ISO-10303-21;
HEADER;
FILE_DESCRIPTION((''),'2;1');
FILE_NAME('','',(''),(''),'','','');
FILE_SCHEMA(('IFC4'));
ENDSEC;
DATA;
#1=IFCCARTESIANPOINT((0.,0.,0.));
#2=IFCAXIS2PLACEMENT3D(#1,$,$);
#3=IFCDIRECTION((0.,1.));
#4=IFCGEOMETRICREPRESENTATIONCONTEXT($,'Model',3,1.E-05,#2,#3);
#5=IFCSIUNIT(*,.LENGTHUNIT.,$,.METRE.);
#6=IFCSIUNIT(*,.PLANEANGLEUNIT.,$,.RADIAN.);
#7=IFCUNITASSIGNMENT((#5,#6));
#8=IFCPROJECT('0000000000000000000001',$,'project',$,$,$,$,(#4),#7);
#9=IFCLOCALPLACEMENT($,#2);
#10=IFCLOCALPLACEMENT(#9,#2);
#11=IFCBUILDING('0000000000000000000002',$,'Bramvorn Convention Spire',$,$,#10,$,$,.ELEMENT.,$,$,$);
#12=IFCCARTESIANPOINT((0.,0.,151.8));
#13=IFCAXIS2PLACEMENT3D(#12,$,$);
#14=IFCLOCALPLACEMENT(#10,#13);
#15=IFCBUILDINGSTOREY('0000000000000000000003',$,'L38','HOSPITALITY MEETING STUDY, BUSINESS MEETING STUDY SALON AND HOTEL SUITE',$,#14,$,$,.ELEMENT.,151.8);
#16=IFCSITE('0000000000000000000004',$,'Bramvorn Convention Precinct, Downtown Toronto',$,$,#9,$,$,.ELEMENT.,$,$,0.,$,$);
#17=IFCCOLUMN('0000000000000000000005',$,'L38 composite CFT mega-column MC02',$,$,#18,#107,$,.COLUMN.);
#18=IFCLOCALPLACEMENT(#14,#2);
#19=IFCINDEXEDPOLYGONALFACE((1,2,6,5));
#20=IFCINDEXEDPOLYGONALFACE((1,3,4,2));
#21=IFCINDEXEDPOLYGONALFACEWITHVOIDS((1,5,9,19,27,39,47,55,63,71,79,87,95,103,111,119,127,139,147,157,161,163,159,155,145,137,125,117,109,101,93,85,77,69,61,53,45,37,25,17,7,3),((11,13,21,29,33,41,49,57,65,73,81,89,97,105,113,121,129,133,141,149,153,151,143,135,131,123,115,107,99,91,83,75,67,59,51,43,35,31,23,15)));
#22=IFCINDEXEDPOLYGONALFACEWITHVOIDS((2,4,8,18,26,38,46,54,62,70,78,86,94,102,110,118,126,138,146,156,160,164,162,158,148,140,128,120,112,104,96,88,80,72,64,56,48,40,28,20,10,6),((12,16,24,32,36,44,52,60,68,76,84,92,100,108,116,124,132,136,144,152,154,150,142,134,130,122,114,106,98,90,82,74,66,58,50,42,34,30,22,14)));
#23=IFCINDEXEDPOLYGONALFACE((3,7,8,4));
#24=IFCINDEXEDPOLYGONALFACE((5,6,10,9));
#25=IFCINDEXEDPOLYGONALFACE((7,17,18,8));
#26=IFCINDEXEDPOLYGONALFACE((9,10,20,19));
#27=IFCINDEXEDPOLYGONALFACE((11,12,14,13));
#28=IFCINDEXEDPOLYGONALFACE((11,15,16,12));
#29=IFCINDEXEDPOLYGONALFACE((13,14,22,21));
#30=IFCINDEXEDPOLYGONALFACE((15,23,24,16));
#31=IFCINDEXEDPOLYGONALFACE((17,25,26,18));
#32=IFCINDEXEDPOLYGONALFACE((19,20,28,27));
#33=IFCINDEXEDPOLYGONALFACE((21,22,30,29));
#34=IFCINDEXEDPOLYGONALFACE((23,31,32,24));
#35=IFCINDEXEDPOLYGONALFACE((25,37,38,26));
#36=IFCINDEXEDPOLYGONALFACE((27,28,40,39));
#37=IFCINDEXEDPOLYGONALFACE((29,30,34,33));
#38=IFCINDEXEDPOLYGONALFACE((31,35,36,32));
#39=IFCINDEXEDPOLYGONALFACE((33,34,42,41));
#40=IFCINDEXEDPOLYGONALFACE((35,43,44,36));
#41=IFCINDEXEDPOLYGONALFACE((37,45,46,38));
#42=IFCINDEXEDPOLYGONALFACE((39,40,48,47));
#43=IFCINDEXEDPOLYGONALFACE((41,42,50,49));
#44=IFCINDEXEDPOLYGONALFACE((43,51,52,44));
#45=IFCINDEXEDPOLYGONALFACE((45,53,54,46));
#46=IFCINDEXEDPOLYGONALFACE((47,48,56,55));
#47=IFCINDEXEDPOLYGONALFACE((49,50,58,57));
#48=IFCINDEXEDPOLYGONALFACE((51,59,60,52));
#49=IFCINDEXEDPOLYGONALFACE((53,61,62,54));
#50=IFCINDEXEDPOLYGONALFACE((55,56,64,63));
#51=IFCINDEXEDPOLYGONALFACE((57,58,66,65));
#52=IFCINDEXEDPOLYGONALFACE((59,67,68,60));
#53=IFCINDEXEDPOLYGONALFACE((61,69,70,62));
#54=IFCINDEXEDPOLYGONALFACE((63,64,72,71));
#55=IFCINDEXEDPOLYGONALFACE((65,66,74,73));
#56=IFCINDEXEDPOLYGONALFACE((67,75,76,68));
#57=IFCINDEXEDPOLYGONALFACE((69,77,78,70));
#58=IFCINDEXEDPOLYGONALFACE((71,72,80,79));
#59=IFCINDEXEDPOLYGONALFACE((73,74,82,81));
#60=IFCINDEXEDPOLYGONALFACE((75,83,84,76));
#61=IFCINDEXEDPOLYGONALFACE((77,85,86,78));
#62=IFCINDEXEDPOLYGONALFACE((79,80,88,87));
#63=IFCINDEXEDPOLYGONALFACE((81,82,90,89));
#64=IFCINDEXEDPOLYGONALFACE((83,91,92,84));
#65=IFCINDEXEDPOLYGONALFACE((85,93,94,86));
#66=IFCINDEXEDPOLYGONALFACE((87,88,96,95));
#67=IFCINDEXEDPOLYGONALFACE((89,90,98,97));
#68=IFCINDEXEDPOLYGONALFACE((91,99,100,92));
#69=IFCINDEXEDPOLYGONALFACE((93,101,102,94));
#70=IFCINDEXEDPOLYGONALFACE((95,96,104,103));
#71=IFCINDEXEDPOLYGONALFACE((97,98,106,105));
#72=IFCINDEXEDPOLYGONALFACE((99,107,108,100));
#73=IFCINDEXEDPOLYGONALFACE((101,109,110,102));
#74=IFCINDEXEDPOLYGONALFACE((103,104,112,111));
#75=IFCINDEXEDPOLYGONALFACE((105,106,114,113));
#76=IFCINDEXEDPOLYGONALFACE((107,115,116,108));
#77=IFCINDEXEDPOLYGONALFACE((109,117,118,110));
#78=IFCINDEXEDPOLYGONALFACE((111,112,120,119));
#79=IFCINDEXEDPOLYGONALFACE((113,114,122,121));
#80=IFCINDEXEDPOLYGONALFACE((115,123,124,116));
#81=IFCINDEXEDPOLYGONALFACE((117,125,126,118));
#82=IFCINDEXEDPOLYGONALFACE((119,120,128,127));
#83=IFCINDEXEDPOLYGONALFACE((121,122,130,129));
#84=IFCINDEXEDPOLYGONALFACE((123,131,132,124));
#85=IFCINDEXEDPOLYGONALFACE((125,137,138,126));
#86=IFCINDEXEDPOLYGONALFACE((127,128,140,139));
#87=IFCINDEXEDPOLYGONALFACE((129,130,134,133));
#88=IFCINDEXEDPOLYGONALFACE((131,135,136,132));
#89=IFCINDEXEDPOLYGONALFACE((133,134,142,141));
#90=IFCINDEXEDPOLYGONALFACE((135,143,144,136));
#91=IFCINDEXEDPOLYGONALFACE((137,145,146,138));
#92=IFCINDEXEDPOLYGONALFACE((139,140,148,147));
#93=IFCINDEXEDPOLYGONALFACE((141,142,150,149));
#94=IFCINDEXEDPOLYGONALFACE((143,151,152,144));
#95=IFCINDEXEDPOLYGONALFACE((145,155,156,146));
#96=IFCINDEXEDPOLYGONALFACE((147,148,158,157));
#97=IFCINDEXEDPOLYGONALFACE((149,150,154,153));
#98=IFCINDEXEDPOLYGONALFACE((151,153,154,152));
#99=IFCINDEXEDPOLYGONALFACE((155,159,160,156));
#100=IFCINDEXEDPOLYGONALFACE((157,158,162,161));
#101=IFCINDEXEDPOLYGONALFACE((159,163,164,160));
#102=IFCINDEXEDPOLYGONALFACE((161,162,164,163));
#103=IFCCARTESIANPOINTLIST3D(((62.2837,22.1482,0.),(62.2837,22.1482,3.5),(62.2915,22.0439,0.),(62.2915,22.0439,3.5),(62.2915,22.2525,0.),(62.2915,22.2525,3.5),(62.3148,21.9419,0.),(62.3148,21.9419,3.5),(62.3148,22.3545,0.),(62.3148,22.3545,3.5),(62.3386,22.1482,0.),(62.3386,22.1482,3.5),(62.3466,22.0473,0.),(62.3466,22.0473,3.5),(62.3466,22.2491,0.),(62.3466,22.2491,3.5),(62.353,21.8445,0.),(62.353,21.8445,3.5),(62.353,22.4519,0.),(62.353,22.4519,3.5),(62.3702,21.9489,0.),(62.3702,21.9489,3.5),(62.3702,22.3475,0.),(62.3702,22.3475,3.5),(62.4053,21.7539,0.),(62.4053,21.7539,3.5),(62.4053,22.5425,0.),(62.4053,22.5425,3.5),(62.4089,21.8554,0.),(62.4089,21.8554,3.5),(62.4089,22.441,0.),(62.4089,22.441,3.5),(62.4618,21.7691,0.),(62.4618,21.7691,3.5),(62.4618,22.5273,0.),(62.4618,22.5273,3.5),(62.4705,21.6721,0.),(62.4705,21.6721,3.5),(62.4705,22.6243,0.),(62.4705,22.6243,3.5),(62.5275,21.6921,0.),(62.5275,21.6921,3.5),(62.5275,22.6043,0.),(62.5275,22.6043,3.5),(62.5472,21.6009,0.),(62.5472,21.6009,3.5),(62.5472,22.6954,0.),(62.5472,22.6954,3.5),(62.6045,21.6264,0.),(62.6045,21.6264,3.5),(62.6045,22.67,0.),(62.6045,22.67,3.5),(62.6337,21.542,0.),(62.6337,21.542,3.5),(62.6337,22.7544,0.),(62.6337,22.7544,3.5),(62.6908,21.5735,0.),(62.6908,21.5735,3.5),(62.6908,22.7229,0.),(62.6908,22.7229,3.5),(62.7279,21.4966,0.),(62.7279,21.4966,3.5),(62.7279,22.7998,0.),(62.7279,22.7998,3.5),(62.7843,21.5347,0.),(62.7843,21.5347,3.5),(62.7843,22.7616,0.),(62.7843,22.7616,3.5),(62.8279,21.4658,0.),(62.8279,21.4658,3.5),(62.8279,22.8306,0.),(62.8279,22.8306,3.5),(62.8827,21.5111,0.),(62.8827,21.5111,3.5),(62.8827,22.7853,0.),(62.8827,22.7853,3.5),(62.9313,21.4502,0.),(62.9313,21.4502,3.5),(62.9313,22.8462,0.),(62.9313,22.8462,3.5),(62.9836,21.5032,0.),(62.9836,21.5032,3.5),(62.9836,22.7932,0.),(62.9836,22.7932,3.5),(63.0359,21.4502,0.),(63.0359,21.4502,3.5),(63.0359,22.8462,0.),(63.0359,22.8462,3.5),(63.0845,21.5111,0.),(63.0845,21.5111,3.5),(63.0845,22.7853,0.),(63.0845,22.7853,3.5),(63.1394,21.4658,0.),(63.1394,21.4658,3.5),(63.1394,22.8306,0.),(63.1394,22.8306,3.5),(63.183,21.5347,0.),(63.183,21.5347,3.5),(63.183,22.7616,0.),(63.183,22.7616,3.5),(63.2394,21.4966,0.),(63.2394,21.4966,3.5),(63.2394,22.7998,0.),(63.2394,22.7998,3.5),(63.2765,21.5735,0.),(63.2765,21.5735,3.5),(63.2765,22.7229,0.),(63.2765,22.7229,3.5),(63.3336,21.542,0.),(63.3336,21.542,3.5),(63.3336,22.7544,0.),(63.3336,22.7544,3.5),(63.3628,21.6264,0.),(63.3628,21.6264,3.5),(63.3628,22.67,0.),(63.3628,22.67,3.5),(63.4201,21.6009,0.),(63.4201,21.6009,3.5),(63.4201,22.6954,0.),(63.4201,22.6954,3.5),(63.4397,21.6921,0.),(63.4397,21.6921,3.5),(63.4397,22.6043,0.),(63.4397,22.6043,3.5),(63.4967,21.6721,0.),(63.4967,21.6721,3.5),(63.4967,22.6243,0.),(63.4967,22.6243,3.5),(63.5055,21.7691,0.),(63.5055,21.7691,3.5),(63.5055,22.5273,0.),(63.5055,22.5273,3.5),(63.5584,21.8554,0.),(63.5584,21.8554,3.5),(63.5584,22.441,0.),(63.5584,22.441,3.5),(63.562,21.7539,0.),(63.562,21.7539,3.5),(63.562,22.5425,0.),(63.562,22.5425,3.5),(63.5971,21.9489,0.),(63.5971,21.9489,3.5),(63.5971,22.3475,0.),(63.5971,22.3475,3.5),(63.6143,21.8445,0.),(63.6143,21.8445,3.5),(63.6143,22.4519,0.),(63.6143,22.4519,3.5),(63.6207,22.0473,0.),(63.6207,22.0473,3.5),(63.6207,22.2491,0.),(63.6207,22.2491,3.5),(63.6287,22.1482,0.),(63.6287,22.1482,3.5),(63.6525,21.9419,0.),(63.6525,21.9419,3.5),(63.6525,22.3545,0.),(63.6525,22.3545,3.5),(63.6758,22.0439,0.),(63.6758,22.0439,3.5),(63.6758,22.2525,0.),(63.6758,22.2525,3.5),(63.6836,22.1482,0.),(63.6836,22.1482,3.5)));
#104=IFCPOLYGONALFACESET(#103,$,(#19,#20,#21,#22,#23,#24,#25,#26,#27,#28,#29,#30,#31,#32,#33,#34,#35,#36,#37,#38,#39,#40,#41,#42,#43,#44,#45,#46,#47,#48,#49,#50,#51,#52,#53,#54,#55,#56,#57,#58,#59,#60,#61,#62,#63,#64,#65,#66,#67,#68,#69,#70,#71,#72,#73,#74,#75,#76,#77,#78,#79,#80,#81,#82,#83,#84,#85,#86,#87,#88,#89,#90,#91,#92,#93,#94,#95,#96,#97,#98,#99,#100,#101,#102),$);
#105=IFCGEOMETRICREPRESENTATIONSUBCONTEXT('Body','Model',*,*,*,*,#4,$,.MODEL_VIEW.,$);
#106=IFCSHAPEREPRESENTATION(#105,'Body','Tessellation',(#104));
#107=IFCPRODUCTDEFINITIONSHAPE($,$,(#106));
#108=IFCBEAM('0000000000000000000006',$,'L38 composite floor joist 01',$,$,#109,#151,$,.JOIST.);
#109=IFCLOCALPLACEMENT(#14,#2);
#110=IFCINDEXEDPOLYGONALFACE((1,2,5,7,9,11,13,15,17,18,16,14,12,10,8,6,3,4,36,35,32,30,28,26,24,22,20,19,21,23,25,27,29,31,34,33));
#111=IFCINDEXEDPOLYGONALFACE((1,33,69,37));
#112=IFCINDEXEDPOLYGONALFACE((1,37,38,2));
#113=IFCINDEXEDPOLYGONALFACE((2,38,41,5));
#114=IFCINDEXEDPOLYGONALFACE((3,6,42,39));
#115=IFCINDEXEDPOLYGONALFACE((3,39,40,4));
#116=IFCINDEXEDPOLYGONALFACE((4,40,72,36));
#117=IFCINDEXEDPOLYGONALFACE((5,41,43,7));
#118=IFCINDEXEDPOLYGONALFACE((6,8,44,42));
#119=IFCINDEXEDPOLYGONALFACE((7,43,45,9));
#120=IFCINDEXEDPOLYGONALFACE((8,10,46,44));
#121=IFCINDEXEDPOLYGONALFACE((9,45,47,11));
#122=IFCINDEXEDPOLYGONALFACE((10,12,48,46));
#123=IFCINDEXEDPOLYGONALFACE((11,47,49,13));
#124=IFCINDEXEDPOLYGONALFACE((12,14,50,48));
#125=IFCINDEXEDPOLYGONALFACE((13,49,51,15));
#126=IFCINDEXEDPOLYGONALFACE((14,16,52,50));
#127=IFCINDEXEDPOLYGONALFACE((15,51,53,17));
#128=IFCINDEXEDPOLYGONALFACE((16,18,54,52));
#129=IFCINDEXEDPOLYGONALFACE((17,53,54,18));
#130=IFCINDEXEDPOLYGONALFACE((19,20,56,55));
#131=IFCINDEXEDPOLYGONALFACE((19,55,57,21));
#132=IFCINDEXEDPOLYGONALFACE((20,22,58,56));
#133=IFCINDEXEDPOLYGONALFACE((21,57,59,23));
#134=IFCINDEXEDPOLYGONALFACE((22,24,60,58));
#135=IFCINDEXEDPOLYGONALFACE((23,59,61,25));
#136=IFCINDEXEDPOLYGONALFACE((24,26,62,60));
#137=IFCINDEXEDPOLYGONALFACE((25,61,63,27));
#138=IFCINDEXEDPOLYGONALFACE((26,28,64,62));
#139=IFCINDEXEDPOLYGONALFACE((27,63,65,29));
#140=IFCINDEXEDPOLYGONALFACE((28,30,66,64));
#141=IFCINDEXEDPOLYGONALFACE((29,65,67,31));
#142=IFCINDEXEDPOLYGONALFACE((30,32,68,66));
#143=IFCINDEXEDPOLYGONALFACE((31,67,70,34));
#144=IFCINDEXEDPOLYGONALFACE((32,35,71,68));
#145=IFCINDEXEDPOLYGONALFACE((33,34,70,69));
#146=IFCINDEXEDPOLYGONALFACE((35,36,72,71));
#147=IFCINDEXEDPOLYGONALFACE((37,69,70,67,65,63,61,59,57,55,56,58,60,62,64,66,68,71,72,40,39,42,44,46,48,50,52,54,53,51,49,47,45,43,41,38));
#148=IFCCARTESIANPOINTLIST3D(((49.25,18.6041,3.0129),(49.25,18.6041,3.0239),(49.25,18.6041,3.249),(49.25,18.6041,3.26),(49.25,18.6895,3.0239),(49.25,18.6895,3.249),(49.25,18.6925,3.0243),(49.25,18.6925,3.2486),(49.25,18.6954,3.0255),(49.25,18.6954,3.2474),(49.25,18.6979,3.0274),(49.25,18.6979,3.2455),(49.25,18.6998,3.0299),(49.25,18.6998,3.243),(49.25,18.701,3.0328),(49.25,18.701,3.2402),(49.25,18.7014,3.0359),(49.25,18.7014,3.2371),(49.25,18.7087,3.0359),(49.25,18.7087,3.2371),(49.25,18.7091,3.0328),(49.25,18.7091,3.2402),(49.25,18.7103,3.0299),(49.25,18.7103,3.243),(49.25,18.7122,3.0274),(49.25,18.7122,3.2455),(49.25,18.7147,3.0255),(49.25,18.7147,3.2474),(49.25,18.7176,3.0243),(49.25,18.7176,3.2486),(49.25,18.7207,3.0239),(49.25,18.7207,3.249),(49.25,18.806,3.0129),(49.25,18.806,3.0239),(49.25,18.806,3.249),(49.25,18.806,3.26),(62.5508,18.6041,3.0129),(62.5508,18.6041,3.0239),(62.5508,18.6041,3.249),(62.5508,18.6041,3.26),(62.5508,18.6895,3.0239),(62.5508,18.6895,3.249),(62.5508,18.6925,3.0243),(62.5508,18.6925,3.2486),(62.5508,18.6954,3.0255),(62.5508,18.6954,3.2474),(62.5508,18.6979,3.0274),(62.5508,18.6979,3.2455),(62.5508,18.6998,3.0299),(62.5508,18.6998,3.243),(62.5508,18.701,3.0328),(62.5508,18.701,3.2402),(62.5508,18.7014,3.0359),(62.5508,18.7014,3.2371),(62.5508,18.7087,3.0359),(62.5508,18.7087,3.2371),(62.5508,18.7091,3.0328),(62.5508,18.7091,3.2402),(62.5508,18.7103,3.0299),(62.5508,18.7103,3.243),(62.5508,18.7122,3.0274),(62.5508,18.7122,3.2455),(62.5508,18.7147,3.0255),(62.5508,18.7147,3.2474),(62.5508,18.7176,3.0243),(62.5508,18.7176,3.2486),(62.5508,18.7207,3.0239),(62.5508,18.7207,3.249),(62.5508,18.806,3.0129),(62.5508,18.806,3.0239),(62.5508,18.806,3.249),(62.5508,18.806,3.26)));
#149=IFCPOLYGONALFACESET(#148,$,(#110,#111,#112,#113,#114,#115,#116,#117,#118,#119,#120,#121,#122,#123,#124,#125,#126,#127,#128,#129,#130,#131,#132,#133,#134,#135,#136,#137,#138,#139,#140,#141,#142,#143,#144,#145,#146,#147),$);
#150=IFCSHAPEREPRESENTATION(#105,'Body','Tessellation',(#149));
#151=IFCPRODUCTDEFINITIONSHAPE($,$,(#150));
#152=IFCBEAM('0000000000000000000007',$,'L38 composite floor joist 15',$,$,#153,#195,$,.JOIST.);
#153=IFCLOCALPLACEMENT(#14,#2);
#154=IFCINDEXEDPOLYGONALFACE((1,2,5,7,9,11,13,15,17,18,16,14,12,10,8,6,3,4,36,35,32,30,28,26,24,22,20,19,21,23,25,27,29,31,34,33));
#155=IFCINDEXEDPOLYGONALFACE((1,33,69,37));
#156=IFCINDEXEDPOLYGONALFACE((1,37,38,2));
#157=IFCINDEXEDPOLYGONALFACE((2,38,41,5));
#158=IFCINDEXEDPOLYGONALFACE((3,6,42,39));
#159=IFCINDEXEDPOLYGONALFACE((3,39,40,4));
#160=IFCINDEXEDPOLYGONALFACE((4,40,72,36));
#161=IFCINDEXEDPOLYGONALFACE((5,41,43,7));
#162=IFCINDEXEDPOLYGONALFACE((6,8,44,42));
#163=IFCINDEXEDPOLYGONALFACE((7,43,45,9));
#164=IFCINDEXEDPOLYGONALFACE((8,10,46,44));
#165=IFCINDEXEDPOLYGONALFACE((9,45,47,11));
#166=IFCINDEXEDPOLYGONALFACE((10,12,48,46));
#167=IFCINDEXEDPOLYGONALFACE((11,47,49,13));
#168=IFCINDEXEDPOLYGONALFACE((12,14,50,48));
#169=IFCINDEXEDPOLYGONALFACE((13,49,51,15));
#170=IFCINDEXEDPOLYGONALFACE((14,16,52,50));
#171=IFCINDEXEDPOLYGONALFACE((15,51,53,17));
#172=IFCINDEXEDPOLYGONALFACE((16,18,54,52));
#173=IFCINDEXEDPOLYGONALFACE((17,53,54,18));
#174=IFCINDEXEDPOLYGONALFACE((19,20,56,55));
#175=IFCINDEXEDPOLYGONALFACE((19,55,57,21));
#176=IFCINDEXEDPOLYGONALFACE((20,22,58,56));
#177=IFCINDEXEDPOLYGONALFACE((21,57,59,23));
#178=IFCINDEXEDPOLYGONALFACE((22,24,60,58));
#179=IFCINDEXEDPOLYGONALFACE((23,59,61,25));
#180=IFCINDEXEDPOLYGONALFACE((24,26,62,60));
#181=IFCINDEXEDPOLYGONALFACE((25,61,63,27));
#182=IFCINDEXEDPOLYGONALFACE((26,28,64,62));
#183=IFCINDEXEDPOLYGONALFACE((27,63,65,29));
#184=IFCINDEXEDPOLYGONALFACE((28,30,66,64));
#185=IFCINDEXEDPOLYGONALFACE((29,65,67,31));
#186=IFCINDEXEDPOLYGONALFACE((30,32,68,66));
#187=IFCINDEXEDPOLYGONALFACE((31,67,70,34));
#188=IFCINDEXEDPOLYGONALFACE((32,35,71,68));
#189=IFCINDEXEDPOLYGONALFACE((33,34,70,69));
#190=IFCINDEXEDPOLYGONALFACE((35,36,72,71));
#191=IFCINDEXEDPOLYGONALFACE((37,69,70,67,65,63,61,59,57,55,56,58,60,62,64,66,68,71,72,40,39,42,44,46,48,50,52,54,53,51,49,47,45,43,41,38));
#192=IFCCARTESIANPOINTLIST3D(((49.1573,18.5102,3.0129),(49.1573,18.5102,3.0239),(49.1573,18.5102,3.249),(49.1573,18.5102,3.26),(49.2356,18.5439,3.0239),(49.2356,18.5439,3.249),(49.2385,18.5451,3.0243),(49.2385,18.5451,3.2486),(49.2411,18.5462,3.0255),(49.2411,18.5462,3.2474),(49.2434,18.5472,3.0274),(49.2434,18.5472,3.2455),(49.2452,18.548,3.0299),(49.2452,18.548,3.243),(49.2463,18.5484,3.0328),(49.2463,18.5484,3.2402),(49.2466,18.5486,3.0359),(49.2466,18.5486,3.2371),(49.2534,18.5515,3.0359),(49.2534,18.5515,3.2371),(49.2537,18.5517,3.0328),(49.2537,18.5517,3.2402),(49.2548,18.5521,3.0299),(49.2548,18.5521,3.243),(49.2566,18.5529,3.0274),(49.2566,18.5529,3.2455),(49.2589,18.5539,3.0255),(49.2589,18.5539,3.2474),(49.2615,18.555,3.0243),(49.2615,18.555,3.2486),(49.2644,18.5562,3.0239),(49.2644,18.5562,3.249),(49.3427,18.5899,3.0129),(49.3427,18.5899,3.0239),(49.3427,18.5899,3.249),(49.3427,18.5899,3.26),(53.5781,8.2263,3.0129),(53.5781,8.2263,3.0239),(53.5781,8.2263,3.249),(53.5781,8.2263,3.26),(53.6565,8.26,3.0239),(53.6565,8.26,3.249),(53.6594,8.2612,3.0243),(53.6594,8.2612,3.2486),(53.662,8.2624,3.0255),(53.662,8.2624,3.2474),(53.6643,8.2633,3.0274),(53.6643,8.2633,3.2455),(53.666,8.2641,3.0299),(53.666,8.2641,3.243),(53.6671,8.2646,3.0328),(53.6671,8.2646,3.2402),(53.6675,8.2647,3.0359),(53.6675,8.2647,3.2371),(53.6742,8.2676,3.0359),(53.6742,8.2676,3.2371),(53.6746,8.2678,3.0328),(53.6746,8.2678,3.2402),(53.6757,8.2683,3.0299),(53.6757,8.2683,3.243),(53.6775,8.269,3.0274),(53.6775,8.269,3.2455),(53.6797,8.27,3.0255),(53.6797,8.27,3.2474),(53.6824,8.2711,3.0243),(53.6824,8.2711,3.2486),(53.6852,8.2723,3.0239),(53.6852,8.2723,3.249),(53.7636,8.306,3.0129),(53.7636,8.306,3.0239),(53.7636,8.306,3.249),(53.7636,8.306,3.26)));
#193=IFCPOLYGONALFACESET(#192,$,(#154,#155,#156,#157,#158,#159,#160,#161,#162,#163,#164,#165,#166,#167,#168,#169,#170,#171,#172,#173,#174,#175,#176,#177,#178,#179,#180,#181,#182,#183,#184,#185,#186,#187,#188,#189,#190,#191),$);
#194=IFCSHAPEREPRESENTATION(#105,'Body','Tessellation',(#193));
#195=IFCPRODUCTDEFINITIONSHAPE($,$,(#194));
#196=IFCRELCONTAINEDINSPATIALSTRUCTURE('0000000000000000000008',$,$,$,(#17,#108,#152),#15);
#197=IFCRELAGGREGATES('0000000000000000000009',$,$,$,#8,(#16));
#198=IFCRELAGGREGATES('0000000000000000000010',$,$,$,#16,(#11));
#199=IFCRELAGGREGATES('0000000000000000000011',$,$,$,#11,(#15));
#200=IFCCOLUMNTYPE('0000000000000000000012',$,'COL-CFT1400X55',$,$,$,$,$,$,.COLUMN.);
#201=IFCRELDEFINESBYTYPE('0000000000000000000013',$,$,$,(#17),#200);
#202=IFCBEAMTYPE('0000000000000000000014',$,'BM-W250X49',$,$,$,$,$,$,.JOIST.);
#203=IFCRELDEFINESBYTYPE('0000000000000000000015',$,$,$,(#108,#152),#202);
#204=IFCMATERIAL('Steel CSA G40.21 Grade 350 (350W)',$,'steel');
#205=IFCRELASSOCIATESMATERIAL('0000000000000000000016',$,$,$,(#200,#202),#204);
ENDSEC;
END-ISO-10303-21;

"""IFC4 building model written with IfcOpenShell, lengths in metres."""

from ifc_helpers import new_model, si_unit, direction, frame, origin, origin_2d, place, context, subcontext, project, spatial, hollow_circle, i_section, extrude, material, material_profile, profile_set, type_object, element, save


model = new_model("IFC4")

# Units and contexts
model_context = context("Model", 3, precision=1e-05, world=origin(), true_north=direction((0.0, 1.0)))
body_context = subcontext(model_context, "Body", "Model", "MODEL_VIEW")
ifc_project = project(units=[si_unit("LENGTHUNIT", "METRE"), si_unit("PLANEANGLEUNIT", "RADIAN")], contexts=[model_context])

# Site, building, storey
site_placement = place(None, origin())
site = spatial("IfcSite", under=ifc_project, at=site_placement, Name="Bramvorn Convention Precinct, Downtown Toronto", CompositionType="ELEMENT", RefElevation=0.0)
building_placement = place(site_placement, origin())
building = spatial("IfcBuilding", under=site, at=building_placement, Name="Bramvorn Convention Spire", CompositionType="ELEMENT")
storey_placement = place(building_placement, frame((0.0, 0.0, 151.8)))
storey = spatial("IfcBuildingStorey", under=building, at=storey_placement, Name="L38", Description="HOSPITALITY MEETING STUDY, BUSINESS MEETING STUDY SALON AND HOTEL SUITE", CompositionType="ELEMENT", Elevation=151.8)

# Column
ifc_material_1 = material(Name="Steel CSA G40.21 Grade 350 (350W)", Category="steel")
ifc_material_profile_1 = material_profile(ifc_material_1, hollow_circle(Radius=0.7, WallThickness=0.0549, at=origin_2d()))
ifc_profile_set_1 = profile_set([ifc_material_profile_1], Name="Steel CSA G40.21 Grade 350 (350W) - CFT1400X55")
column_type = type_object("IfcColumnType", Name="COL-CFT1400X55", PredefinedType="COLUMN", material=ifc_profile_set_1)
column_placement = place(storey_placement, frame((62.9836, 22.1482, 0.0), z_axis=(0.0, 0.0, 1.0), x_axis=(1.0, 0.0, 0.0)))
element("IfcColumn", 1, at=column_placement, inside=storey, type_object=column_type, Name="L38 composite CFT mega-column MC02", PredefinedType="COLUMN", context=body_context, shape_type="SweptSolid", body=[
    extrude(hollow_circle(Radius=0.7, WallThickness=0.0549, at=origin_2d()), origin(), (0.0, 0.0, 1.0), 3.5),
])

# Beams
ifc_material_profile_2 = material_profile(ifc_material_1, i_section(OverallWidth=0.2019, OverallDepth=0.2471, WebThickness=0.0073, FlangeThickness=0.011, FilletRadius=0.012, at=origin_2d()))
ifc_profile_set_2 = profile_set([ifc_material_profile_2], Name="Steel CSA G40.21 Grade 350 (350W) - W250X49")
beam_type_1 = type_object("IfcBeamType", Name="BM-W250X49", PredefinedType="JOIST", material=ifc_profile_set_2)
beam_1_placement = place(storey_placement, frame((49.25, 18.7051, 3.1365), z_axis=(1.0, 0.0, 0.0), x_axis=(0.0, 1.0, 0.0)))
element("IfcBeam", 2, at=beam_1_placement, inside=storey, type_object=beam_type_1, Name="L38 composite floor joist 01", PredefinedType="JOIST", context=body_context, shape_type="SweptSolid", body=[
    extrude(i_section(OverallWidth=0.2019, OverallDepth=0.2471, WebThickness=0.0073, FlangeThickness=0.011, FilletRadius=0.012, at=origin_2d()), origin(), (0.0, 0.0, 1.0), 13.3008),
])
beam_2_placement = place(storey_placement, frame((49.25, 18.55, 3.1365), z_axis=(0.394938, -0.918708, 0.0), x_axis=(0.918708, 0.394938, 0.0)))
element("IfcBeam", 3, at=beam_2_placement, inside=storey, type_object=beam_type_1, Name="L38 composite floor joist 15", PredefinedType="JOIST", context=body_context, shape_type="SweptSolid", body=[
    extrude(i_section(OverallWidth=0.2019, OverallDepth=0.2471, WebThickness=0.0073, FlangeThickness=0.011, FilletRadius=0.012, at=origin_2d()), origin(), (0.0, 0.0, 1.0), 11.1938),
])

save(model, "model.ifc")
